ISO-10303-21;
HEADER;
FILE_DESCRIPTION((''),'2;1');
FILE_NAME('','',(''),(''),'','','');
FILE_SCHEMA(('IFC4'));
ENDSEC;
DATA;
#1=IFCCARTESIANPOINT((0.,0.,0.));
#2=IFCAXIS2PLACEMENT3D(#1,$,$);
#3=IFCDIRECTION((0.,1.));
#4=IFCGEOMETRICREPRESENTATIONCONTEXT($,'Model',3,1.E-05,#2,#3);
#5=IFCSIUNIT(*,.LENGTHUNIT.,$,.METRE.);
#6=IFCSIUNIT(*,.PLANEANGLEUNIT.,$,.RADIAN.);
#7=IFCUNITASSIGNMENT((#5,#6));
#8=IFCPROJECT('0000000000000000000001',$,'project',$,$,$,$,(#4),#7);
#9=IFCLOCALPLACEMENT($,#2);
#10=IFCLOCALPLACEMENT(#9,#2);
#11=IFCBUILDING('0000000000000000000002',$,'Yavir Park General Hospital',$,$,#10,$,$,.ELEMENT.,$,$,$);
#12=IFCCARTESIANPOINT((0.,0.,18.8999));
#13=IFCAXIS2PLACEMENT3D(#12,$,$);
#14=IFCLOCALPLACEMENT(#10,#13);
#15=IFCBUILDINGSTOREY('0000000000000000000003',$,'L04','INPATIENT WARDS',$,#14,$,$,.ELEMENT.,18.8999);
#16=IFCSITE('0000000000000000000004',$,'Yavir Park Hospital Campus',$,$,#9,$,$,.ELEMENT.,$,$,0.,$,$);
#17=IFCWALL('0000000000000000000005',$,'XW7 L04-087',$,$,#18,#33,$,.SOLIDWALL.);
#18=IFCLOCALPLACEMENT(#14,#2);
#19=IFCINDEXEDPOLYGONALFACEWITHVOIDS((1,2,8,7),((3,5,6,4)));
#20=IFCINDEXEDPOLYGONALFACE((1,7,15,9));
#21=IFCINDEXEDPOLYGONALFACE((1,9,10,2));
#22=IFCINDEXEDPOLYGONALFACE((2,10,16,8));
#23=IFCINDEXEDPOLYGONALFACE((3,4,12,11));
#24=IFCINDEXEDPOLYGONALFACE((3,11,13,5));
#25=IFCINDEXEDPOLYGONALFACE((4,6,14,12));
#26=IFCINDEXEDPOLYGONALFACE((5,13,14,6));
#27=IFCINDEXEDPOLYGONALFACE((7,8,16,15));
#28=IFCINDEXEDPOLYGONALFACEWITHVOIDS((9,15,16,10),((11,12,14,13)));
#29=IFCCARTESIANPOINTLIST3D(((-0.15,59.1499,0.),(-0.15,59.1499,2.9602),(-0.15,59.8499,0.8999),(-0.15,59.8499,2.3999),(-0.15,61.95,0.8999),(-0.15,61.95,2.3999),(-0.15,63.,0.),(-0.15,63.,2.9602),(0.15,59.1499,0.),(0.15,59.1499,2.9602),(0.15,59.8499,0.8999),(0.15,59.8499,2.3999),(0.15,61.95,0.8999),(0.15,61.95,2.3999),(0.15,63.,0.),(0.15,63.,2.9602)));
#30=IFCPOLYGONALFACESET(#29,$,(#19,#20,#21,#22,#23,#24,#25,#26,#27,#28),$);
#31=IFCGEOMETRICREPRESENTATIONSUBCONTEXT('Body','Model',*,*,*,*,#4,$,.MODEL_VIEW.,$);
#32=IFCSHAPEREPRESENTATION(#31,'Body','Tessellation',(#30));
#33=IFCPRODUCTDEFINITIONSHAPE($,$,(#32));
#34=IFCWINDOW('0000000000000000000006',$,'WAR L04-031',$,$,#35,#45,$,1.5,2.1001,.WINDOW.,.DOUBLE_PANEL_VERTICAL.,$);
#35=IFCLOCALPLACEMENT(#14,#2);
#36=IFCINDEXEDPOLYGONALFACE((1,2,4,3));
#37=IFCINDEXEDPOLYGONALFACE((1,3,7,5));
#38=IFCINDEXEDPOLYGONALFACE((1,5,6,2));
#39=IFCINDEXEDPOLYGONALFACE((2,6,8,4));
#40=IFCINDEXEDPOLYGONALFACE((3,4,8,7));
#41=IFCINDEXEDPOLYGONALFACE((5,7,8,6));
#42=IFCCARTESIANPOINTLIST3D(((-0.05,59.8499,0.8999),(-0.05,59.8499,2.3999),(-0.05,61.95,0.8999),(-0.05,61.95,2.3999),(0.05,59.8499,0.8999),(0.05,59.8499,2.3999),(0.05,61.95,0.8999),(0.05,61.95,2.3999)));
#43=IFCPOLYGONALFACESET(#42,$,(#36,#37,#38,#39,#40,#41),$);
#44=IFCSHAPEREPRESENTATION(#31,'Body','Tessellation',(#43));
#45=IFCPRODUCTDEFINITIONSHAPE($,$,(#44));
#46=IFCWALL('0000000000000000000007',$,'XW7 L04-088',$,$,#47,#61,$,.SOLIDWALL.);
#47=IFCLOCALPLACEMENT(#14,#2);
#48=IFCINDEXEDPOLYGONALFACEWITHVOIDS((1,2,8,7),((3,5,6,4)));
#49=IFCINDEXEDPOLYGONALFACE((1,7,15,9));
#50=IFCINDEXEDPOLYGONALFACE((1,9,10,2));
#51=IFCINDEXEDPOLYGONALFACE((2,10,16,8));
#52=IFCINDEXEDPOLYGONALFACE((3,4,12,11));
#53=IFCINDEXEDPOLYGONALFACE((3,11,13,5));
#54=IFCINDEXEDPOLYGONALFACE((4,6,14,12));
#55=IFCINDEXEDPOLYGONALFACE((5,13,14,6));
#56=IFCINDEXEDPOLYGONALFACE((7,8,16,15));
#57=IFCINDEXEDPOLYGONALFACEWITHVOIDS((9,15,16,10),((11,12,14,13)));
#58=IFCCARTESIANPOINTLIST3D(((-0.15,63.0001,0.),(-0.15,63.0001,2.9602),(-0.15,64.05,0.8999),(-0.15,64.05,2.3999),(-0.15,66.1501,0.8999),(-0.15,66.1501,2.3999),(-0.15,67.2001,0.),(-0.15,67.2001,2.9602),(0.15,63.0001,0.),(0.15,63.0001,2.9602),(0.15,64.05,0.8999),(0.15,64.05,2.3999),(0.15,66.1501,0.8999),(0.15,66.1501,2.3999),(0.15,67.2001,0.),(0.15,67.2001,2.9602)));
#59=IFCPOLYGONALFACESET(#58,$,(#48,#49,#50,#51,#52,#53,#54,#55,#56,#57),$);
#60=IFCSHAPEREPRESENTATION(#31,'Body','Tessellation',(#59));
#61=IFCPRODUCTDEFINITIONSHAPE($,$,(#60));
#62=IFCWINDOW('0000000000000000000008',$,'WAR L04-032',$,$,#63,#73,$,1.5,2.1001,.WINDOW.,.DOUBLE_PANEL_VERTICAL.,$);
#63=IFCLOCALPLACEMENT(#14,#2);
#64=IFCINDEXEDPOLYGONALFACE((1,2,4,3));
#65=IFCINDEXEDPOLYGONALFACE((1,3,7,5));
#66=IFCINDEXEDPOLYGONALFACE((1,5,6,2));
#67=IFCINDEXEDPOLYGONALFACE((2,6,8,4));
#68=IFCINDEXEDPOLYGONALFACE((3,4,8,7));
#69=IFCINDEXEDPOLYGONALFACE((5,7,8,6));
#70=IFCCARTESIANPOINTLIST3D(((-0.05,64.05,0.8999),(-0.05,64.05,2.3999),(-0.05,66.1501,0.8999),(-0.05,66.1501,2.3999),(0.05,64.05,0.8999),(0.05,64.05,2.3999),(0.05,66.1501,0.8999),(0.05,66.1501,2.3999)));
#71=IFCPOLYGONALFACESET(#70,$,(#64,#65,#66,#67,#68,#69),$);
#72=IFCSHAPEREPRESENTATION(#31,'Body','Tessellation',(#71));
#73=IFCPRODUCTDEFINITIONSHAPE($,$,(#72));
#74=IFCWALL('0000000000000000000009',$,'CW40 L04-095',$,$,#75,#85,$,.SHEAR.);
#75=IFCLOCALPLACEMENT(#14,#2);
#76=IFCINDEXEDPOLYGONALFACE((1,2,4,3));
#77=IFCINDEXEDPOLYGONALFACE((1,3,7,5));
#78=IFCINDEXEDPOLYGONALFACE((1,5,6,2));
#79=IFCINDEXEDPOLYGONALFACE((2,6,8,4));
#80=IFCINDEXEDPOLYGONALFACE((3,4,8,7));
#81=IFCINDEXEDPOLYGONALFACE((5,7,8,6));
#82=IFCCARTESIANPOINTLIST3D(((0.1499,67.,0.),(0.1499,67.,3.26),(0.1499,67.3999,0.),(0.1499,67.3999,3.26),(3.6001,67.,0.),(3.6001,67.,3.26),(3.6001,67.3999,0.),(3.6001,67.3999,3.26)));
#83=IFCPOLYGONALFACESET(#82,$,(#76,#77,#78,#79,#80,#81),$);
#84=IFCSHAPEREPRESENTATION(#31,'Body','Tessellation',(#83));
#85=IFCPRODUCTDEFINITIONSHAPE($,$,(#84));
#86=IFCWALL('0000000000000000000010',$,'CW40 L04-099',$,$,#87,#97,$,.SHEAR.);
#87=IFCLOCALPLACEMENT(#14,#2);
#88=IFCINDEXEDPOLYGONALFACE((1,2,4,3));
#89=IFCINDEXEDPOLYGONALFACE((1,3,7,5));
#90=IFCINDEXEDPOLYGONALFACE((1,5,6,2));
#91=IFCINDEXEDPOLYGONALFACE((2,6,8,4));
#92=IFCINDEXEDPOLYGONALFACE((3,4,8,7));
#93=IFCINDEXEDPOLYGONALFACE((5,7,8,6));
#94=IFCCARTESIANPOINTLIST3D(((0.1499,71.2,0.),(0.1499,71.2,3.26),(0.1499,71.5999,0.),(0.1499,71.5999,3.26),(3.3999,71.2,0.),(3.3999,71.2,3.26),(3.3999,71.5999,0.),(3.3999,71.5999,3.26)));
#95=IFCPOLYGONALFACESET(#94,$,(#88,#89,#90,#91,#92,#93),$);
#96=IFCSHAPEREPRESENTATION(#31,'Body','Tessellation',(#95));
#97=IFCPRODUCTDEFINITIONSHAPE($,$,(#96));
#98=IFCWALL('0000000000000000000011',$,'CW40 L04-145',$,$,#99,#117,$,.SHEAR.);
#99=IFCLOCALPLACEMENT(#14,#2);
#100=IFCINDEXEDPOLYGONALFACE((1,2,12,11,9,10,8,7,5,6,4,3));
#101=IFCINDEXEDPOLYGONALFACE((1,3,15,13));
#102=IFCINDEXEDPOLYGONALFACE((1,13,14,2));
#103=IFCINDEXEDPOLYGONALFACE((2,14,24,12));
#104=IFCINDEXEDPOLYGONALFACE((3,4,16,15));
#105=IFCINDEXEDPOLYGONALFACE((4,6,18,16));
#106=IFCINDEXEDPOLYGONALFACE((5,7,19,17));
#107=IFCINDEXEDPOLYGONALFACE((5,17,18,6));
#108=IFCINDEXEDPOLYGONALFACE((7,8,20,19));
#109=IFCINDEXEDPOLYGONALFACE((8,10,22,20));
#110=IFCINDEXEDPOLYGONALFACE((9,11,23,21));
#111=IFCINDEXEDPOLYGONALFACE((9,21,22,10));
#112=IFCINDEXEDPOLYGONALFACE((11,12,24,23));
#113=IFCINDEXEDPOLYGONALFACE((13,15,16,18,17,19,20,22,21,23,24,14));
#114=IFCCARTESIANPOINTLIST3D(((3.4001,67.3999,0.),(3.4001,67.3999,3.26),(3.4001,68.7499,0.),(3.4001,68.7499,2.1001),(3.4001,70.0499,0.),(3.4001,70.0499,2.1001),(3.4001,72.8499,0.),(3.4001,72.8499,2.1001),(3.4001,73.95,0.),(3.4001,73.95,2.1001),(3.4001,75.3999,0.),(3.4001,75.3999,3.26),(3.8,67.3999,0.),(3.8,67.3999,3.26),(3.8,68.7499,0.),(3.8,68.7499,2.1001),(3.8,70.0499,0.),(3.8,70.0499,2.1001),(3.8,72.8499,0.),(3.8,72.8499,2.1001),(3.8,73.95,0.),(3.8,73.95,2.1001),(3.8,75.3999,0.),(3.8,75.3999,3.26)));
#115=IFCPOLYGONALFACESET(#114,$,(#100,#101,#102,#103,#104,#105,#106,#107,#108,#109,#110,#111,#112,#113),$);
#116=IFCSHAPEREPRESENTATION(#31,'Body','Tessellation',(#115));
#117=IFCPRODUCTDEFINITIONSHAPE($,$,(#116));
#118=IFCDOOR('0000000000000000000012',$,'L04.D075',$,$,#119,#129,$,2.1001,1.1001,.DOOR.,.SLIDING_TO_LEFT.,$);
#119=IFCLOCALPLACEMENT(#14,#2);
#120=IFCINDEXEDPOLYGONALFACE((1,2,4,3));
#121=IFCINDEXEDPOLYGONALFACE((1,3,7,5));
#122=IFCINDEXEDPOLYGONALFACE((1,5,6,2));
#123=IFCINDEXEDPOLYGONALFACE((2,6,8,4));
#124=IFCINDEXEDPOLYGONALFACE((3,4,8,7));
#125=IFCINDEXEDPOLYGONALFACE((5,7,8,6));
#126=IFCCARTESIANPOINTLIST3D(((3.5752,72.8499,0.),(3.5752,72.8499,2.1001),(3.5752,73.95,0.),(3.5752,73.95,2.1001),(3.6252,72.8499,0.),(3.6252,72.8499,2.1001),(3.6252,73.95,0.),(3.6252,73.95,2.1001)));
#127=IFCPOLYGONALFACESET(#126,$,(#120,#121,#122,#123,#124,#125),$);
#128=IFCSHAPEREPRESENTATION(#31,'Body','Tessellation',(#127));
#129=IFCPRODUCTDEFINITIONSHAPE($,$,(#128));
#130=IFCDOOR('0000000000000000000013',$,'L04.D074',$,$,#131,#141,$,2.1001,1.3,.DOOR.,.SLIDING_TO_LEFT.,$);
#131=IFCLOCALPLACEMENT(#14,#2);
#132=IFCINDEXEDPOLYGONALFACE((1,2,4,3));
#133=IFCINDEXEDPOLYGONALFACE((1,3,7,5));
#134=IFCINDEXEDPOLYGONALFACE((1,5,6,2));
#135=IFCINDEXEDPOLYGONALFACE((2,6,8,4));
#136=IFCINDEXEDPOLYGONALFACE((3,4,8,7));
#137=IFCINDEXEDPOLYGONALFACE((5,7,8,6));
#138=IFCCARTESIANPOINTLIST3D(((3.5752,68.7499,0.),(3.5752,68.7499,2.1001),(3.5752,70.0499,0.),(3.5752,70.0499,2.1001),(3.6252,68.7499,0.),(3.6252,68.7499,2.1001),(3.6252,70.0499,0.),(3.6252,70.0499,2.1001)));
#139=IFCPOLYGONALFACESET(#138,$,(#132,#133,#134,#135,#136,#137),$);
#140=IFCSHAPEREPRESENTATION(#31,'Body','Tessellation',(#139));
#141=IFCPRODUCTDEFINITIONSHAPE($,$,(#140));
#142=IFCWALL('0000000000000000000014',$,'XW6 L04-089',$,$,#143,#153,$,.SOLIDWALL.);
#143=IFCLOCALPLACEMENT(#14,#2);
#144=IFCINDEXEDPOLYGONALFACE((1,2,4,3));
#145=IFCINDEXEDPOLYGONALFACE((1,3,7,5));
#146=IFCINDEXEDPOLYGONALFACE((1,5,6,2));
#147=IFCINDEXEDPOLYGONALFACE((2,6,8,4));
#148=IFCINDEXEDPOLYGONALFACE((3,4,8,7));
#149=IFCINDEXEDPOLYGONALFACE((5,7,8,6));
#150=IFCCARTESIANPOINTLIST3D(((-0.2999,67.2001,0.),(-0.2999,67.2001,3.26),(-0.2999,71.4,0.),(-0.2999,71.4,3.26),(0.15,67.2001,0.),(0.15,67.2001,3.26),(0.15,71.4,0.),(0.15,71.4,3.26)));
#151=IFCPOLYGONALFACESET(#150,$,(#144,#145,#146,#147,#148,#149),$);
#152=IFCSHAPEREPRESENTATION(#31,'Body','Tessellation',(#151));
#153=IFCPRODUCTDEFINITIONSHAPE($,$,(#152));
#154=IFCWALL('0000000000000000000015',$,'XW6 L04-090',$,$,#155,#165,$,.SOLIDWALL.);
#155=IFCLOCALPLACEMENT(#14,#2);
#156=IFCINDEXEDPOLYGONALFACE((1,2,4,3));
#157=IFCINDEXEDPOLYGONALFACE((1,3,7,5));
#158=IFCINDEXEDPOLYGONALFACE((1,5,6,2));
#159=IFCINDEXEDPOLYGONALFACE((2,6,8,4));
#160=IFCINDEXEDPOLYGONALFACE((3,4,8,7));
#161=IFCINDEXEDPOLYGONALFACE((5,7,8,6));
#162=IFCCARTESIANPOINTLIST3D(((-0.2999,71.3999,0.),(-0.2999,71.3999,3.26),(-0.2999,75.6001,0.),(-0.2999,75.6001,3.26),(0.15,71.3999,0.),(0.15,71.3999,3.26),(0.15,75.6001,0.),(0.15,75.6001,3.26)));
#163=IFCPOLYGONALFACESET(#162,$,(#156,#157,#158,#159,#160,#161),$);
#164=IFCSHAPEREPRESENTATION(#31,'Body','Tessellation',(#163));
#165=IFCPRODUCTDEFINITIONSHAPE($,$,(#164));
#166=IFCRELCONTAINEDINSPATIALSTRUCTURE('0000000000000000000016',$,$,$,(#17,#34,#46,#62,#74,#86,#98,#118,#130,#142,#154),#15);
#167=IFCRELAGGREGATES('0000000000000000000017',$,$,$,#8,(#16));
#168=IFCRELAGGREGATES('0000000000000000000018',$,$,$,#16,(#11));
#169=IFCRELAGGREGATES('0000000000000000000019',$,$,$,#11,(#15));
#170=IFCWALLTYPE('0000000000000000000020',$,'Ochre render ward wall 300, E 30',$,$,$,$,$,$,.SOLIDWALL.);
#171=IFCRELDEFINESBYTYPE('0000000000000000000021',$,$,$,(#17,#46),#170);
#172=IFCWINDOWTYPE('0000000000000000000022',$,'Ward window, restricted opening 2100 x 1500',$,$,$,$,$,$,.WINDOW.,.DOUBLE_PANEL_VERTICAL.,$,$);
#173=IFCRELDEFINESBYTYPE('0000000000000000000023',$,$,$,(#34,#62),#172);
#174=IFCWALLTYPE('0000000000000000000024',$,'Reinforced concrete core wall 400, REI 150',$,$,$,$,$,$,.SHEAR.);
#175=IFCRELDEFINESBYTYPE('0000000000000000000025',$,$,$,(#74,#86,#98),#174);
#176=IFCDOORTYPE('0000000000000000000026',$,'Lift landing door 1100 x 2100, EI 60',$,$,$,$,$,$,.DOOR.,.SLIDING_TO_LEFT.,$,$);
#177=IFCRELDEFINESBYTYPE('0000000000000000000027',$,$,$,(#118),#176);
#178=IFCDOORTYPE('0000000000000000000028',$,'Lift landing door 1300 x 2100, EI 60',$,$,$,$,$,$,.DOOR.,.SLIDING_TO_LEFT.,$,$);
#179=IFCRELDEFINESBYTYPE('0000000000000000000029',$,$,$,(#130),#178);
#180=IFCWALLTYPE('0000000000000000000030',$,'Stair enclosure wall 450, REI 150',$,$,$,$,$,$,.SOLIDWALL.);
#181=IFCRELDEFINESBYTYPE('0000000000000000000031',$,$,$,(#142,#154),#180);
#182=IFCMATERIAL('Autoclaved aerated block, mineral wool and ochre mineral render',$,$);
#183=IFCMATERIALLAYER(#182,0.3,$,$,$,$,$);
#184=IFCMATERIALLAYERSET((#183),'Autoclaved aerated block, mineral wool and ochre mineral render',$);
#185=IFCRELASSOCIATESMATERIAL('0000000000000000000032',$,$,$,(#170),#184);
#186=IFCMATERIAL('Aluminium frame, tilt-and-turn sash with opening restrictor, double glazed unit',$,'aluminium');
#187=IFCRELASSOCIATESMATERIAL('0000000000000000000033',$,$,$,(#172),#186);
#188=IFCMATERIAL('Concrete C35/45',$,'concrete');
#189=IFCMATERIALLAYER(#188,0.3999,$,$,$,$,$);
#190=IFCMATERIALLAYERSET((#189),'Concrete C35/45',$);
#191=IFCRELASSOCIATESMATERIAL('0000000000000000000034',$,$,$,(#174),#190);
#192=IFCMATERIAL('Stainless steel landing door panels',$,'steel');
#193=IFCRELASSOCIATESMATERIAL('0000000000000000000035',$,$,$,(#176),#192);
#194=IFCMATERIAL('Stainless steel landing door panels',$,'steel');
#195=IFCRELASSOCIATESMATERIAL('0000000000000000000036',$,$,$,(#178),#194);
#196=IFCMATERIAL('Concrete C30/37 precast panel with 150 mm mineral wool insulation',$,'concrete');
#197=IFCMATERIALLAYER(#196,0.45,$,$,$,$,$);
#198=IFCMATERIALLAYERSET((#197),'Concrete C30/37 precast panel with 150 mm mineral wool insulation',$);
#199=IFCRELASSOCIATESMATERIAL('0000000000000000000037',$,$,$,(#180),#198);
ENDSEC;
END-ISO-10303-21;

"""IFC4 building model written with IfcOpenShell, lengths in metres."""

from ifc_helpers import new_model, si_unit, direction, frame, frame_2d, origin, place, context, subcontext, project, spatial, rectangle, extrude, material, layer, layer_set, type_object, element, fill, save


model = new_model("IFC4")

# Units and contexts
model_context = context("Model", 3, precision=1e-05, world=origin(), true_north=direction((0.0, 1.0)))
body_context = subcontext(model_context, "Body", "Model", "MODEL_VIEW")
ifc_project = project(units=[si_unit("LENGTHUNIT", "METRE"), si_unit("PLANEANGLEUNIT", "RADIAN")], contexts=[model_context])

# Site, building, storey
site_placement = place(None, origin())
site = spatial("IfcSite", under=ifc_project, at=site_placement, Name="Yavir Park Hospital Campus", CompositionType="ELEMENT", RefElevation=0.0)
building_placement = place(site_placement, origin())
building = spatial("IfcBuilding", under=site, at=building_placement, Name="Yavir Park General Hospital", CompositionType="ELEMENT")
storey_placement = place(building_placement, frame((0.0, 0.0, 18.8999)))
storey = spatial("IfcBuildingStorey", under=building, at=storey_placement, Name="L04", Description="INPATIENT WARDS", CompositionType="ELEMENT", Elevation=18.8999)

# Walls, openings, windows
ifc_material_1 = material(Name="Autoclaved aerated block, mineral wool and ochre mineral render")
ifc_layer_1 = layer(ifc_material_1, 0.3)
ifc_layer_set_1 = layer_set([ifc_layer_1], Name="Autoclaved aerated block, mineral wool and ochre mineral render")
wall_type_1 = type_object("IfcWallType", Name="Ochre render ward wall 300, E 30", PredefinedType="SOLIDWALL", material=ifc_layer_set_1)
wall_1_placement = place(storey_placement, frame((0.0, 59.1499, 0.0), z_axis=(0.0, 0.0, 1.0), x_axis=(0.0, 1.0, 0.0)))
wall_1 = element("IfcWall", 1, at=wall_1_placement, inside=storey, type_object=wall_type_1, Name="XW7 L04-087", PredefinedType="SOLIDWALL", context=body_context, shape_type="SweptSolid", body=[
    extrude(rectangle(XDim=3.8501, YDim=0.3, at=frame_2d((1.925, 0.0))), origin(), (0.0, 0.0, 1.0), 2.9602),
])
opening_1_placement = place(wall_1_placement, frame((0.7, 0.0, 0.8999)))
opening_1 = element("IfcOpeningElement", 2, at=opening_1_placement, cuts=wall_1, PredefinedType="OPENING", context=body_context, shape_type="SweptSolid", body=[
    extrude(rectangle(XDim=2.1001, YDim=1.5, at=frame_2d((1.05, 0.75))), frame((0.0, 0.1599, 0.0), z_axis=(0.0, -1.0, 0.0), x_axis=(1.0, 0.0, 0.0)), (0.0, 0.0, 1.0), 0.3201),
])
ifc_material_2 = material(Name="Aluminium frame, tilt-and-turn sash with opening restrictor, double glazed unit", Category="aluminium")
window_type = type_object("IfcWindowType", Name="Ward window, restricted opening 2100 x 1500", PartitioningType="DOUBLE_PANEL_VERTICAL", PredefinedType="WINDOW", material=ifc_material_2)
window_1_placement = place(opening_1_placement, origin())
window_1 = element("IfcWindow", 3, at=window_1_placement, inside=storey, type_object=window_type, Name="WAR L04-031", OverallHeight=1.5, OverallWidth=2.1001, PartitioningType="DOUBLE_PANEL_VERTICAL", PredefinedType="WINDOW", context=body_context, shape_type="SweptSolid", body=[
    extrude(rectangle(XDim=2.1001, YDim=1.5, at=frame_2d((1.05, 0.75))), frame((0.0, 0.05, 0.0), z_axis=(0.0, -1.0, 0.0), x_axis=(1.0, 0.0, 0.0)), (0.0, 0.0, 1.0), 0.1001),
])
fill(opening_1, window_1)
wall_2_placement = place(storey_placement, frame((0.0, 63.0, 0.0), z_axis=(0.0, 0.0, 1.0), x_axis=(0.0, 1.0, 0.0)))
wall_2 = element("IfcWall", 4, at=wall_2_placement, inside=storey, type_object=wall_type_1, Name="XW7 L04-088", PredefinedType="SOLIDWALL", context=body_context, shape_type="SweptSolid", body=[
    extrude(rectangle(XDim=4.2, YDim=0.3, at=frame_2d((2.1001, 0.0))), origin(), (0.0, 0.0, 1.0), 2.9602),
])
opening_2_placement = place(wall_2_placement, frame((1.05, 0.0, 0.8999)))
opening_2 = element("IfcOpeningElement", 5, at=opening_2_placement, cuts=wall_2, PredefinedType="OPENING", context=body_context, shape_type="SweptSolid", body=[
    extrude(rectangle(XDim=2.1001, YDim=1.5, at=frame_2d((1.05, 0.75))), frame((0.0, 0.1599, 0.0), z_axis=(0.0, -1.0, 0.0), x_axis=(1.0, 0.0, 0.0)), (0.0, 0.0, 1.0), 0.3201),
])
window_2_placement = place(opening_2_placement, origin())
window_2 = element("IfcWindow", 6, at=window_2_placement, inside=storey, type_object=window_type, Name="WAR L04-032", OverallHeight=1.5, OverallWidth=2.1001, PartitioningType="DOUBLE_PANEL_VERTICAL", PredefinedType="WINDOW", context=body_context, shape_type="SweptSolid", body=[
    extrude(rectangle(XDim=2.1001, YDim=1.5, at=frame_2d((1.05, 0.75))), frame((0.0, 0.05, 0.0), z_axis=(0.0, -1.0, 0.0), x_axis=(1.0, 0.0, 0.0)), (0.0, 0.0, 1.0), 0.1001),
])
fill(opening_2, window_2)

# Walls
ifc_material_3 = material(Name="Concrete C35/45", Category="concrete")
ifc_layer_2 = layer(ifc_material_3, 0.3999)
ifc_layer_set_2 = layer_set([ifc_layer_2], Name="Concrete C35/45")
wall_type_2 = type_object("IfcWallType", Name="Reinforced concrete core wall 400, REI 150", PredefinedType="SHEAR", material=ifc_layer_set_2)
wall_3_placement = place(storey_placement, frame((0.1499, 67.2, 0.0), z_axis=(0.0, 0.0, 1.0), x_axis=(1.0, 0.0, 0.0)))
element("IfcWall", 7, at=wall_3_placement, inside=storey, type_object=wall_type_2, Name="CW40 L04-095", PredefinedType="SHEAR", context=body_context, shape_type="SweptSolid", body=[
    extrude(rectangle(XDim=3.4502, YDim=0.3999, at=frame_2d((1.7251, 0.0))), origin(), (0.0, 0.0, 1.0), 3.26),
])
wall_4_placement = place(storey_placement, frame((0.1499, 71.3999, 0.0), z_axis=(0.0, 0.0, 1.0), x_axis=(1.0, 0.0, 0.0)))
element("IfcWall", 8, at=wall_4_placement, inside=storey, type_object=wall_type_2, Name="CW40 L04-099", PredefinedType="SHEAR", context=body_context, shape_type="SweptSolid", body=[
    extrude(rectangle(XDim=3.25, YDim=0.3999, at=frame_2d((1.625, 0.0))), origin(), (0.0, 0.0, 1.0), 3.26),
])

# Wall, openings, doors
wall_5_placement = place(storey_placement, frame((3.6001, 67.3999, 0.0), z_axis=(0.0, 0.0, 1.0), x_axis=(0.0, 1.0, 0.0)))
wall_5 = element("IfcWall", 9, at=wall_5_placement, inside=storey, type_object=wall_type_2, Name="CW40 L04-145", PredefinedType="SHEAR", context=body_context, shape_type="SweptSolid", body=[
    extrude(rectangle(XDim=8.0, YDim=0.3999, at=frame_2d((4.0, 0.0))), origin(), (0.0, 0.0, 1.0), 3.26),
])
opening_3_placement = place(wall_5_placement, frame((1.3501, 0.0, 0.0)))
opening_3 = element("IfcOpeningElement", 10, at=opening_3_placement, cuts=wall_5, PredefinedType="OPENING", context=body_context, shape_type="SweptSolid", body=[
    extrude(rectangle(XDim=1.3, YDim=2.1001, at=frame_2d((0.6499, 1.05))), frame((0.0, 0.21, 0.0), z_axis=(0.0, -1.0, 0.0), x_axis=(1.0, 0.0, 0.0)), (0.0, 0.0, 1.0), 0.4199),
])
opening_4_placement = place(wall_5_placement, frame((5.45, 0.0, 0.0)))
opening_4 = element("IfcOpeningElement", 11, at=opening_4_placement, cuts=wall_5, PredefinedType="OPENING", context=body_context, shape_type="SweptSolid", body=[
    extrude(rectangle(XDim=1.1001, YDim=2.1001, at=frame_2d((0.55, 1.05))), frame((0.0, 0.21, 0.0), z_axis=(0.0, -1.0, 0.0), x_axis=(1.0, 0.0, 0.0)), (0.0, 0.0, 1.0), 0.4199),
])
ifc_material_4 = material(Name="Stainless steel landing door panels", Category="steel")
door_type_1 = type_object("IfcDoorType", Name="Lift landing door 1100 x 2100, EI 60", OperationType="SLIDING_TO_LEFT", PredefinedType="DOOR", material=ifc_material_4)
door_1_placement = place(opening_4_placement, origin())
door_1 = element("IfcDoor", 12, at=door_1_placement, inside=storey, type_object=door_type_1, Name="L04.D075", OperationType="SLIDING_TO_LEFT", OverallHeight=2.1001, OverallWidth=1.1001, PredefinedType="DOOR", context=body_context, shape_type="SweptSolid", body=[
    extrude(rectangle(XDim=1.1001, YDim=2.1001, at=frame_2d((0.55, 1.05))), frame((0.0, 0.0249, 0.0), z_axis=(0.0, -1.0, 0.0), x_axis=(1.0, 0.0, 0.0)), (0.0, 0.0, 1.0), 0.05),
])
fill(opening_4, door_1)
ifc_material_5 = material(Name="Stainless steel landing door panels", Category="steel")
door_type_2 = type_object("IfcDoorType", Name="Lift landing door 1300 x 2100, EI 60", OperationType="SLIDING_TO_LEFT", PredefinedType="DOOR", material=ifc_material_5)
door_2_placement = place(opening_3_placement, origin())
door_2 = element("IfcDoor", 13, at=door_2_placement, inside=storey, type_object=door_type_2, Name="L04.D074", OperationType="SLIDING_TO_LEFT", OverallHeight=2.1001, OverallWidth=1.3, PredefinedType="DOOR", context=body_context, shape_type="SweptSolid", body=[
    extrude(rectangle(XDim=1.3, YDim=2.1001, at=frame_2d((0.6499, 1.05))), frame((0.0, 0.0249, 0.0), z_axis=(0.0, -1.0, 0.0), x_axis=(1.0, 0.0, 0.0)), (0.0, 0.0, 1.0), 0.05),
])
fill(opening_3, door_2)

# Walls
ifc_material_6 = material(Name="Concrete C30/37 precast panel with 150 mm mineral wool insulation", Category="concrete")
ifc_layer_3 = layer(ifc_material_6, 0.45)
ifc_layer_set_3 = layer_set([ifc_layer_3], Name="Concrete C30/37 precast panel with 150 mm mineral wool insulation")
wall_type_3 = type_object("IfcWallType", Name="Stair enclosure wall 450, REI 150", PredefinedType="SOLIDWALL", material=ifc_layer_set_3)
wall_6_placement = place(storey_placement, frame((-0.075, 67.2, 0.0), z_axis=(0.0, 0.0, 1.0), x_axis=(0.0, 1.0, 0.0)))
element("IfcWall", 14, at=wall_6_placement, inside=storey, type_object=wall_type_3, Name="XW6 L04-089", PredefinedType="SOLIDWALL", context=body_context, shape_type="SweptSolid", body=[
    extrude(rectangle(XDim=4.2, YDim=0.45, at=frame_2d((2.1001, 0.0))), origin(), (0.0, 0.0, 1.0), 3.26),
])
wall_7_placement = place(storey_placement, frame((-0.075, 71.3999, 0.0), z_axis=(0.0, 0.0, 1.0), x_axis=(0.0, 1.0, 0.0)))
element("IfcWall", 15, at=wall_7_placement, inside=storey, type_object=wall_type_3, Name="XW6 L04-090", PredefinedType="SOLIDWALL", context=body_context, shape_type="SweptSolid", body=[
    extrude(rectangle(XDim=4.2002, YDim=0.45, at=frame_2d((2.1001, 0.0))), origin(), (0.0, 0.0, 1.0), 3.26),
])

save(model, "model.ifc")
